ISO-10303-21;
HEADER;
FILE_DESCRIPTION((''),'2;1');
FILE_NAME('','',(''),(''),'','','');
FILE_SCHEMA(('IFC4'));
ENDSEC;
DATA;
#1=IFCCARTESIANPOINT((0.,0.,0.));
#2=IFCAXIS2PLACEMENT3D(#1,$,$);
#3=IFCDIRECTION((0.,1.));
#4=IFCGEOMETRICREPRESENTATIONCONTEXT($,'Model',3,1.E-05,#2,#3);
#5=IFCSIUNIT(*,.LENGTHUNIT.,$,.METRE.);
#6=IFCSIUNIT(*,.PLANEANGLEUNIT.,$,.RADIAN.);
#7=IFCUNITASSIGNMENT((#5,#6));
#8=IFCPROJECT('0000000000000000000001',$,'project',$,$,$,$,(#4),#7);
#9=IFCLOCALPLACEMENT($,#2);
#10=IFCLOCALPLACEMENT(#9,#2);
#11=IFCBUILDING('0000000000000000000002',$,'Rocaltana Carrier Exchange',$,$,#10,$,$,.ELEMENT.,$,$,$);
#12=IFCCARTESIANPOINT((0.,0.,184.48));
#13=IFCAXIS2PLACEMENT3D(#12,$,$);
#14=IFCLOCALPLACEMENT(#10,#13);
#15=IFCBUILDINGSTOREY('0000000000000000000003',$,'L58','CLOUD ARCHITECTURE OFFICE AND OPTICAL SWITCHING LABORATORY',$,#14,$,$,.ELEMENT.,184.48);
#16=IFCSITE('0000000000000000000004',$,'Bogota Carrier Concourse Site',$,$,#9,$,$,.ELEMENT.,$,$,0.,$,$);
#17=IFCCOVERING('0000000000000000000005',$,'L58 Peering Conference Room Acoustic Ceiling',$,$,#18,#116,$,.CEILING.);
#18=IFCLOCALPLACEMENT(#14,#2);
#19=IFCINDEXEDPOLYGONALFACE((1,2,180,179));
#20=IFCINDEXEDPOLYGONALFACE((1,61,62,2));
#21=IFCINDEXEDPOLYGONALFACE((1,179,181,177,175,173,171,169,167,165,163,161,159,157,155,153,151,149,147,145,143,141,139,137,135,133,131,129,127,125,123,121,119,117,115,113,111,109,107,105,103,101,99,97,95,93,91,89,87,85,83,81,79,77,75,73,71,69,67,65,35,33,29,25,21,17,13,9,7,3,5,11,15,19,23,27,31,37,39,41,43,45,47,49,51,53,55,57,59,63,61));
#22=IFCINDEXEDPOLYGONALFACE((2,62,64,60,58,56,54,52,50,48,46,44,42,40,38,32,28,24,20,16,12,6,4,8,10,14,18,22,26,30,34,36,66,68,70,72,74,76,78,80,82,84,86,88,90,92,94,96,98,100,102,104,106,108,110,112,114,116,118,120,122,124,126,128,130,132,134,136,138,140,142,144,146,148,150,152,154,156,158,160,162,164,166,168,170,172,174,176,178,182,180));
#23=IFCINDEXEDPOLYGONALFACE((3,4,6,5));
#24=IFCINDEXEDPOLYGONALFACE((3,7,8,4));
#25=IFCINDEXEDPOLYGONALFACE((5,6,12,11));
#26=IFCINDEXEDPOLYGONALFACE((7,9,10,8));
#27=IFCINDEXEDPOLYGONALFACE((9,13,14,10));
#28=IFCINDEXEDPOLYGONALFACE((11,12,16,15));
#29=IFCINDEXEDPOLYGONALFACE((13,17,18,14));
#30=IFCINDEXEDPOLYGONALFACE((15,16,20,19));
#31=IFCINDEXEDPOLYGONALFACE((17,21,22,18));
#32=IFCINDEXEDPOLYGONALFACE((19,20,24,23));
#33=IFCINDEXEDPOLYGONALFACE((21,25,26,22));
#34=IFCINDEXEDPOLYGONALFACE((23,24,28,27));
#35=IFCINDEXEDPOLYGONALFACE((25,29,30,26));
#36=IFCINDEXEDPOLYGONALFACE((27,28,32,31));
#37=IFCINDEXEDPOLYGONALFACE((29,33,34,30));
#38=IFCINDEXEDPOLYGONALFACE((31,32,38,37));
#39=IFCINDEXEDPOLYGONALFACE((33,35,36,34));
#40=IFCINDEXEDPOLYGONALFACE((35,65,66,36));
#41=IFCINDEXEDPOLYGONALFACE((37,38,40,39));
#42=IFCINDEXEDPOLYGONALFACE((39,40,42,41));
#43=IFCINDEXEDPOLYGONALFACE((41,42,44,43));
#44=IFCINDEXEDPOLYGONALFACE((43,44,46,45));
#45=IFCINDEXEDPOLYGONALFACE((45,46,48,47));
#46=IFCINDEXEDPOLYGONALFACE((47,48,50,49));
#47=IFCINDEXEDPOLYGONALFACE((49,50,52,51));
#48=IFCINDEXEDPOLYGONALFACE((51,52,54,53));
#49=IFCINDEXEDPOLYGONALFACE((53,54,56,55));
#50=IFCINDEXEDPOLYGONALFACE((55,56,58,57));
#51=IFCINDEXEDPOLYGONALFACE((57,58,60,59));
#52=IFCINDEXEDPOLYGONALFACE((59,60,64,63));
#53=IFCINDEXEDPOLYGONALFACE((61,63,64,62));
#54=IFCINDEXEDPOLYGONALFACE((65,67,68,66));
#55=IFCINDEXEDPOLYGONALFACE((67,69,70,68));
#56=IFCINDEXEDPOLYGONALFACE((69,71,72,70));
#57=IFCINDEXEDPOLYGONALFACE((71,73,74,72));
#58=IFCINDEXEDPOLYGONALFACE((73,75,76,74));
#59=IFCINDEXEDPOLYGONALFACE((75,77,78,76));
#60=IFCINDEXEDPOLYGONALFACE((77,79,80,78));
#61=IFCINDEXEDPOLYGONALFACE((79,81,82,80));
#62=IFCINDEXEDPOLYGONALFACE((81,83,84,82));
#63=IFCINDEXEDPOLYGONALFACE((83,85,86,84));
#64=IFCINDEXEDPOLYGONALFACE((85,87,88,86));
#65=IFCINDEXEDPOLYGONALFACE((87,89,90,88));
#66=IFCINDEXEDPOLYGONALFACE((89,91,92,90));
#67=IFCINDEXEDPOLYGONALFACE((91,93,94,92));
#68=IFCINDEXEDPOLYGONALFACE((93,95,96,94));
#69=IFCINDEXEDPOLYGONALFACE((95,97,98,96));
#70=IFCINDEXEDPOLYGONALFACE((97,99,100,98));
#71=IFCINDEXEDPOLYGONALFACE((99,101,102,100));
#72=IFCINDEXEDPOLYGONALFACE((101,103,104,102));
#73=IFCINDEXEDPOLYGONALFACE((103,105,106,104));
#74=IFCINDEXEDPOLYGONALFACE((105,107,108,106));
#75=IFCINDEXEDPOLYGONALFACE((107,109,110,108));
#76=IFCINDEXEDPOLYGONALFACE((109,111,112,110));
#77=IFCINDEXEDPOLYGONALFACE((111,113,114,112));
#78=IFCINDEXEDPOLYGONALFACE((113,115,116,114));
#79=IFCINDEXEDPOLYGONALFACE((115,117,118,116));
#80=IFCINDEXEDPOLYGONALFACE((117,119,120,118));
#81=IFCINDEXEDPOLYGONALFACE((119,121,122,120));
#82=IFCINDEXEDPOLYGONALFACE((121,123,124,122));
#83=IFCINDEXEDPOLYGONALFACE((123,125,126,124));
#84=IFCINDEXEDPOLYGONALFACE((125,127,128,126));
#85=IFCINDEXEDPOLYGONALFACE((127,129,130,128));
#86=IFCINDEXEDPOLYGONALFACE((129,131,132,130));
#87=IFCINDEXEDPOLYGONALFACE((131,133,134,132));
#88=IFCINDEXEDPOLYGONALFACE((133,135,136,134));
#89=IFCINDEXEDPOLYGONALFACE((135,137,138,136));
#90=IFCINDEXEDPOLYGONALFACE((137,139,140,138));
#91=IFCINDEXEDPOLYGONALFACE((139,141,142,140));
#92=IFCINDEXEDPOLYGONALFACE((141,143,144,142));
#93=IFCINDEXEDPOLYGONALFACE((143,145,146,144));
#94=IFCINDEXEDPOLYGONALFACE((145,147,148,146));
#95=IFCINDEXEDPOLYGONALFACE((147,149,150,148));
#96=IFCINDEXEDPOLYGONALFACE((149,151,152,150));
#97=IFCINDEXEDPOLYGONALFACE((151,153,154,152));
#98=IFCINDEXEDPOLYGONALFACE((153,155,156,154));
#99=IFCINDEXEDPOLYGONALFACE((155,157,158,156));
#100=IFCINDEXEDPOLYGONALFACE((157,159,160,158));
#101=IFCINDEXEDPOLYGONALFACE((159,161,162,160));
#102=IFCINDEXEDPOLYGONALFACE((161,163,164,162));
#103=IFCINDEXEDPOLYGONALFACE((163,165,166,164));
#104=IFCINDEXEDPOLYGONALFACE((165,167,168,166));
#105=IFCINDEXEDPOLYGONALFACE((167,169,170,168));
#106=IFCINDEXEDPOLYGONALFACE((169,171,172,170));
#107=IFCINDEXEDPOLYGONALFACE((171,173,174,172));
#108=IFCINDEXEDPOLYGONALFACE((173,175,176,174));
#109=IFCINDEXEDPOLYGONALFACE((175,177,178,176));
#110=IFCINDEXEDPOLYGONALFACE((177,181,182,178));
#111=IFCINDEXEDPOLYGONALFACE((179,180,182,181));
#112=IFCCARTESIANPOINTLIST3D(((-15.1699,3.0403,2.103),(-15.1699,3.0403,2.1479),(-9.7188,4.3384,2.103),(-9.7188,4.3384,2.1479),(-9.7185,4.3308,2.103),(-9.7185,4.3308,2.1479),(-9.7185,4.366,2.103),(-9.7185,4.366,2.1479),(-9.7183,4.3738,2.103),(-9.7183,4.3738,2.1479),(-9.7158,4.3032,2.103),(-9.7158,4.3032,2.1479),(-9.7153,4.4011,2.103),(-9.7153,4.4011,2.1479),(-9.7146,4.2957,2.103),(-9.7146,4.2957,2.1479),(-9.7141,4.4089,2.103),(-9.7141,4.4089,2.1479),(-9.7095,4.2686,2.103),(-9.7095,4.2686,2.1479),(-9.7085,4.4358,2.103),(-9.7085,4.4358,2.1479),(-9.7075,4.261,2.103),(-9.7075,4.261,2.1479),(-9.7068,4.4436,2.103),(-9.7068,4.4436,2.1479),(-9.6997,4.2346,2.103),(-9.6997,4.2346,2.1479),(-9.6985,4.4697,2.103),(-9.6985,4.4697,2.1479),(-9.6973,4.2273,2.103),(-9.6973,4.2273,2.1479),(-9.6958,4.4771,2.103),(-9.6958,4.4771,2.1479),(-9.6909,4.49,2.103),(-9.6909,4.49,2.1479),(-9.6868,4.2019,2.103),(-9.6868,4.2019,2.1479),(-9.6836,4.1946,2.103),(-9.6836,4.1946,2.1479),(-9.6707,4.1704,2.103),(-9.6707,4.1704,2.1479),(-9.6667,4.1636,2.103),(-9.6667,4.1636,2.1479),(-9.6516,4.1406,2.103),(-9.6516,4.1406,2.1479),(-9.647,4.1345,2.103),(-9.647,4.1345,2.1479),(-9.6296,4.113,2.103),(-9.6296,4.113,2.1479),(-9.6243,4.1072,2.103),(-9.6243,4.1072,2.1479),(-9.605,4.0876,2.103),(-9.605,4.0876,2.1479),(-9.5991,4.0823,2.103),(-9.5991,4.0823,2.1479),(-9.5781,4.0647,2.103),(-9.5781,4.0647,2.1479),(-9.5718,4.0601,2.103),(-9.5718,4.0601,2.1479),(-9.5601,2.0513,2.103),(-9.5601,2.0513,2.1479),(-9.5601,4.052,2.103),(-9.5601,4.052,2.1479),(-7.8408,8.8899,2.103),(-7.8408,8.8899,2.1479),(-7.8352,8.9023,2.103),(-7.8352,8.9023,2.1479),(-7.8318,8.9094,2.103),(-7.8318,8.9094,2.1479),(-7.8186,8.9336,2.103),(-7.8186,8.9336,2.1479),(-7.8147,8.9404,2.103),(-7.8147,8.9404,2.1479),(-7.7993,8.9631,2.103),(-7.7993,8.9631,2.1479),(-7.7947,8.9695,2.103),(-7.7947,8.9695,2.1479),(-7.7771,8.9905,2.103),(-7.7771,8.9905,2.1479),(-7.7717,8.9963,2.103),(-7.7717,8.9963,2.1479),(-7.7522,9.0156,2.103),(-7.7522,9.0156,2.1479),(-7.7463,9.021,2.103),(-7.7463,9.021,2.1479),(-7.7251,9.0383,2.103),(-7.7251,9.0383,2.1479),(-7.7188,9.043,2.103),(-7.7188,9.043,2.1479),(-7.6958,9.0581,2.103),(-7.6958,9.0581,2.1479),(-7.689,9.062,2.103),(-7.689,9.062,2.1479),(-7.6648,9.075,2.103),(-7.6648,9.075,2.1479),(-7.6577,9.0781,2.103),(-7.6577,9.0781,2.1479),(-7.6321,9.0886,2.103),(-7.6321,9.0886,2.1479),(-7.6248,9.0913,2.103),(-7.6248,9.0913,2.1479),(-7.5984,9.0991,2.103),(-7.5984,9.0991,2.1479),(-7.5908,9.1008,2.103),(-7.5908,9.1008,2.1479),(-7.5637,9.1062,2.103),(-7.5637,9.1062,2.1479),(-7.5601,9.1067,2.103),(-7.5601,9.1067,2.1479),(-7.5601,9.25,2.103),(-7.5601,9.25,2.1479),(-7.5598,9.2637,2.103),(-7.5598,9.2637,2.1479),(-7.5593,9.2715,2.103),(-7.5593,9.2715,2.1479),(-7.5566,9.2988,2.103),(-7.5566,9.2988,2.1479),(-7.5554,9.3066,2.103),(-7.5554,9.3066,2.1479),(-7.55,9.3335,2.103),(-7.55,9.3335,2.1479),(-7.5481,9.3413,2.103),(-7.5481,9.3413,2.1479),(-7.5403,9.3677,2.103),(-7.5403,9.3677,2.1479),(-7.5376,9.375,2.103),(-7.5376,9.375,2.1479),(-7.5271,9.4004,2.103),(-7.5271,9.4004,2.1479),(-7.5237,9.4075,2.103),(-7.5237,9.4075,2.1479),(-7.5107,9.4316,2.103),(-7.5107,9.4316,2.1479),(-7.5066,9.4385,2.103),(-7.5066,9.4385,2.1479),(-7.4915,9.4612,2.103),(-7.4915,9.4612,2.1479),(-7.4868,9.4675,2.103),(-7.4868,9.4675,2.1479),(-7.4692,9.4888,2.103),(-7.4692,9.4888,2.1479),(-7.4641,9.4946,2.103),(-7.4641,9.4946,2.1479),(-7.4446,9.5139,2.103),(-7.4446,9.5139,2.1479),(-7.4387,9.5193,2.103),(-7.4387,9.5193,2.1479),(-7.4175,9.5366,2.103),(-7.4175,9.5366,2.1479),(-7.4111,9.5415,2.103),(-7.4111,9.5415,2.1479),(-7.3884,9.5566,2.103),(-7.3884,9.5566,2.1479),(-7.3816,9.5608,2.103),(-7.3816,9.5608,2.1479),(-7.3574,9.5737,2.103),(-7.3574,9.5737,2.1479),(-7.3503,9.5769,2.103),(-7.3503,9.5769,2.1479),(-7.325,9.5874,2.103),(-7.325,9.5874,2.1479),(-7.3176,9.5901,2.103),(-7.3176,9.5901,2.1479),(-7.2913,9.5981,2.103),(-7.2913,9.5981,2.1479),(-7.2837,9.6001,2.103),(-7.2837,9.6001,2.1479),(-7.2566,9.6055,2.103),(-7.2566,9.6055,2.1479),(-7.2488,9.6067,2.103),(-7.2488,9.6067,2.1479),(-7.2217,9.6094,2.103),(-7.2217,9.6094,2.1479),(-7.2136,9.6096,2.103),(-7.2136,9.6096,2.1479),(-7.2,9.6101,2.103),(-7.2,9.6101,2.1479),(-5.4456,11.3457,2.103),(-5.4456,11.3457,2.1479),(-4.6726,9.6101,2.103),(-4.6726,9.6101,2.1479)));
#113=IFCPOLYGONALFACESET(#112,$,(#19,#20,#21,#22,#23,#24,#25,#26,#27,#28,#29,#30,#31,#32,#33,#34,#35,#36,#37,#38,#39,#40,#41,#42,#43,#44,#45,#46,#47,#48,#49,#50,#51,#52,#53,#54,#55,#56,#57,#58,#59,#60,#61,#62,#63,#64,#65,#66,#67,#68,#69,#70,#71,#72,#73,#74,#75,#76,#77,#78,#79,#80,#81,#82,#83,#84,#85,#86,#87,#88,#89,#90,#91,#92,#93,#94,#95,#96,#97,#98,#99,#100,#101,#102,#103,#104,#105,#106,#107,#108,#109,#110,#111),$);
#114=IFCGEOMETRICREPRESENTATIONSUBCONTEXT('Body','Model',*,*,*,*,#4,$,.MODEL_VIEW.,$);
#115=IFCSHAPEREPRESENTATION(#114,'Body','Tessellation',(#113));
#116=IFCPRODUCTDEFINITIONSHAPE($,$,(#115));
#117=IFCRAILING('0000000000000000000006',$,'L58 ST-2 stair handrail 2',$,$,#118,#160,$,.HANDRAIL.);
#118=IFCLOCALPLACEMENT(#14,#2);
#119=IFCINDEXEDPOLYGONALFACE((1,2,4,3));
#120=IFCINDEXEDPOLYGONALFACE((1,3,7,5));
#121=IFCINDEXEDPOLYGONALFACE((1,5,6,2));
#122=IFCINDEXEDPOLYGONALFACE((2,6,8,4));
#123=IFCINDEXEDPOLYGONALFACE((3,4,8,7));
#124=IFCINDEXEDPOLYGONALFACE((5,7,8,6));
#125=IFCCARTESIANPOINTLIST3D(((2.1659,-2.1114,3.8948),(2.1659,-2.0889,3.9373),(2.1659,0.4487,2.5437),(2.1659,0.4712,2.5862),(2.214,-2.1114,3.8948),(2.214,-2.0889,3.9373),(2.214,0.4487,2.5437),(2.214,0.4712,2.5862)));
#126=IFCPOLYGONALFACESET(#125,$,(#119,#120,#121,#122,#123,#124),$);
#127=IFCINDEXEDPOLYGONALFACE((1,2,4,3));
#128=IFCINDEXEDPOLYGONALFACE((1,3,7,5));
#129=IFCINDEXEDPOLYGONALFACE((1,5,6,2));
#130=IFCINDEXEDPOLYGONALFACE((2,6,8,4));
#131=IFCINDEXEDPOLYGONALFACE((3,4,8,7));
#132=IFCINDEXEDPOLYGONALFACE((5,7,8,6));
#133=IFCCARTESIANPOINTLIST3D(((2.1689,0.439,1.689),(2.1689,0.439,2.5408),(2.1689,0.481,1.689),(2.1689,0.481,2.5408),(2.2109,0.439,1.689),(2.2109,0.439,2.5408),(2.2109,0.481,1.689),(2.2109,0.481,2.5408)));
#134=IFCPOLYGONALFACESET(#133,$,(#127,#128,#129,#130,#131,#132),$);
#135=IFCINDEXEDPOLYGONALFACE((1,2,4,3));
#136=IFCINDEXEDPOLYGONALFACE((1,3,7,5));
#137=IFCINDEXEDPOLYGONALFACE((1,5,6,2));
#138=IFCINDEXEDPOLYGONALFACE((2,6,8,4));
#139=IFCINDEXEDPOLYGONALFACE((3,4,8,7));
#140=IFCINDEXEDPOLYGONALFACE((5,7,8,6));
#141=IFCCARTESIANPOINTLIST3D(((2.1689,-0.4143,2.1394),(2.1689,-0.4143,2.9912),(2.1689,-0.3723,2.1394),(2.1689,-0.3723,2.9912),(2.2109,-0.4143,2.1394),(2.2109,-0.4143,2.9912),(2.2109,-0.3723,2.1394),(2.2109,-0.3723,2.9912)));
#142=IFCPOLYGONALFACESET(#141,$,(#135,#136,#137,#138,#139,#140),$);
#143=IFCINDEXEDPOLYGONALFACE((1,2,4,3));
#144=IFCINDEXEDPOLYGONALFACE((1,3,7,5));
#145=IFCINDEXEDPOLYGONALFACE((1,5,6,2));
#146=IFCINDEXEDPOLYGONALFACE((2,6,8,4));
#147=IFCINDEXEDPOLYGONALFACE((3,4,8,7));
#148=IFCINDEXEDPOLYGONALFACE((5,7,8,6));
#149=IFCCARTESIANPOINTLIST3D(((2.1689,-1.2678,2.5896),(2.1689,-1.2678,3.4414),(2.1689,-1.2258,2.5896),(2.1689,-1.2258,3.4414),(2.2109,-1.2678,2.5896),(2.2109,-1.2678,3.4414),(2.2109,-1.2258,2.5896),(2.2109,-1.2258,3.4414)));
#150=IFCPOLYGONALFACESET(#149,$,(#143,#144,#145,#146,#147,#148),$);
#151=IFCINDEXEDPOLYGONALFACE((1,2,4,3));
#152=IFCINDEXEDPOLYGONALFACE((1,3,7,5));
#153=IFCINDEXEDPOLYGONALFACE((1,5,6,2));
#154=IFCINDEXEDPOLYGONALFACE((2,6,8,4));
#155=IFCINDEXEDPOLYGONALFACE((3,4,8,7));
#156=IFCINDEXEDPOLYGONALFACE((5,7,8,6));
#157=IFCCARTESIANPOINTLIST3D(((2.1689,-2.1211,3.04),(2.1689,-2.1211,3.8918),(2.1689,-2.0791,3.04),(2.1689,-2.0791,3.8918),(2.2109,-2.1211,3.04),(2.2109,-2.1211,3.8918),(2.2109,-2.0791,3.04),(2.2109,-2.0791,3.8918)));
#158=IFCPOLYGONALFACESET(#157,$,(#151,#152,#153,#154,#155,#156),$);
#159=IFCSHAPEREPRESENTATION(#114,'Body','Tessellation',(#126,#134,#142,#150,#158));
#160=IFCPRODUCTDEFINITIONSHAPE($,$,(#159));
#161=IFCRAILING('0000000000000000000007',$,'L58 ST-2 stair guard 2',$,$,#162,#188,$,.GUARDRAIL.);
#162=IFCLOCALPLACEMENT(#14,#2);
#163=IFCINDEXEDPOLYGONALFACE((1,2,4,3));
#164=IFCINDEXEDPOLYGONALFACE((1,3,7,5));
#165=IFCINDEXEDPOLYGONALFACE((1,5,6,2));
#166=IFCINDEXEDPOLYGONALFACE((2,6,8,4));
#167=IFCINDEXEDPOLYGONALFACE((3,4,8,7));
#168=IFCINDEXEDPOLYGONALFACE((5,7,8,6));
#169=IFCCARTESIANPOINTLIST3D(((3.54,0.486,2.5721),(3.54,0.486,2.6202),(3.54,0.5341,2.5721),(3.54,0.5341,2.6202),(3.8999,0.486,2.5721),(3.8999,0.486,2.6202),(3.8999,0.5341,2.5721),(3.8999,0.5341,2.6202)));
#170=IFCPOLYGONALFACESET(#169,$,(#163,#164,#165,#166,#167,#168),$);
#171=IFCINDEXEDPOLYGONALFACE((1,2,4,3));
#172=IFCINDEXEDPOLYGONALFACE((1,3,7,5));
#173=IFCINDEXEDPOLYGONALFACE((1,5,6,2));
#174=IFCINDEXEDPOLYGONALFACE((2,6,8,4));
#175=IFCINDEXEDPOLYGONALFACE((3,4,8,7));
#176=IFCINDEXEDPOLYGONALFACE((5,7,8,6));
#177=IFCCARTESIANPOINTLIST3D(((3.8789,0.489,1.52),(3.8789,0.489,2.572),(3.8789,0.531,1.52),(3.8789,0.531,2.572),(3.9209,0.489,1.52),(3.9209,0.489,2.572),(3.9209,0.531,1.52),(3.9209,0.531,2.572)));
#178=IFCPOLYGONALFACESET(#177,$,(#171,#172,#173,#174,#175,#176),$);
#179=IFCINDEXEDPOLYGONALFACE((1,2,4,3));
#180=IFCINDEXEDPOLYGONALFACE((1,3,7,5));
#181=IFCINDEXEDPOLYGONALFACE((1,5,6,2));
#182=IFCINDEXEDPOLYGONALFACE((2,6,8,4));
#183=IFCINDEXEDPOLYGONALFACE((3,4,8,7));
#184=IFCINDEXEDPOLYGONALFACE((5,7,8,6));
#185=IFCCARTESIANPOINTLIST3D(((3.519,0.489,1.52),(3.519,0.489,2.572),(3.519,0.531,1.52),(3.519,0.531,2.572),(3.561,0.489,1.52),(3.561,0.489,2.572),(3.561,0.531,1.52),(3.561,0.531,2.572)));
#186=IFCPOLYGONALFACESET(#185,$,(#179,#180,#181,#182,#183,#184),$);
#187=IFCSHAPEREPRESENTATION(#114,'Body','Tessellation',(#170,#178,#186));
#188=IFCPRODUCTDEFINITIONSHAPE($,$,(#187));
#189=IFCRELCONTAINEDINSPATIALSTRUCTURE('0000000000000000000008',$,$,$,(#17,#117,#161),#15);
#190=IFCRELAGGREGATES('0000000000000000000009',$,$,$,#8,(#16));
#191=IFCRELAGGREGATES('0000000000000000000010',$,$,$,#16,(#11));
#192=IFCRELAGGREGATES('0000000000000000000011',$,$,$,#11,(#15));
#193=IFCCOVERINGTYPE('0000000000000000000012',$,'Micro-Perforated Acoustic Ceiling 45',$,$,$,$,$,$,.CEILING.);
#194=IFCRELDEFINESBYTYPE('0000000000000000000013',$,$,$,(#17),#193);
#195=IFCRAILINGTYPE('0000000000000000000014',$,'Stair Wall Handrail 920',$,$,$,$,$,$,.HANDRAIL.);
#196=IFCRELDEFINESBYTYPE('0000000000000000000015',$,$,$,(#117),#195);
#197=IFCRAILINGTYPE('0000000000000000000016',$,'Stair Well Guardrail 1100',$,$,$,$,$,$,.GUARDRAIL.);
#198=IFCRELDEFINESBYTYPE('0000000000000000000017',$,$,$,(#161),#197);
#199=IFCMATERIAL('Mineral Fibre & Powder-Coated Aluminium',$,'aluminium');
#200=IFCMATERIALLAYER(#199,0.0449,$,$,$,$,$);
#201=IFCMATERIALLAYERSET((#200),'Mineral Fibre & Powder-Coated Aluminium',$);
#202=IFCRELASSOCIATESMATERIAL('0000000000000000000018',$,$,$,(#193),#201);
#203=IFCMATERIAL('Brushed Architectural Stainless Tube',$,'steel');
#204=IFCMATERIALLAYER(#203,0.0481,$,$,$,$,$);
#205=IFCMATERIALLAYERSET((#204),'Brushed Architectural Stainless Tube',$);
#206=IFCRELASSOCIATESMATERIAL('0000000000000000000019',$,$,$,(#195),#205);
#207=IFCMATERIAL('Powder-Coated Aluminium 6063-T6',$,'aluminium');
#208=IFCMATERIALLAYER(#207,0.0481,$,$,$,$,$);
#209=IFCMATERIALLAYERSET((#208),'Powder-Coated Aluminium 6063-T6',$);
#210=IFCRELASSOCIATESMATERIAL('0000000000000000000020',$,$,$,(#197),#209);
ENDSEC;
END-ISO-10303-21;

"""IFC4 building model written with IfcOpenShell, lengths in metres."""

from ifc_helpers import new_model, si_unit, direction, frame, origin, origin_2d, place, context, subcontext, project, spatial, polyline, rectangle, outline, extrude, material, layer, layer_set, type_object, element, save


model = new_model("IFC4")

# Units and contexts
model_context = context("Model", 3, precision=1e-05, world=origin(), true_north=direction((0.0, 1.0)))
body_context = subcontext(model_context, "Body", "Model", "MODEL_VIEW")
ifc_project = project(units=[si_unit("LENGTHUNIT", "METRE"), si_unit("PLANEANGLEUNIT", "RADIAN")], contexts=[model_context])

# Site, building, storey
site_placement = place(None, origin())
site = spatial("IfcSite", under=ifc_project, at=site_placement, Name="Bogota Carrier Concourse Site", CompositionType="ELEMENT", RefElevation=0.0)
building_placement = place(site_placement, origin())
building = spatial("IfcBuilding", under=site, at=building_placement, Name="Rocaltana Carrier Exchange", CompositionType="ELEMENT")
storey_placement = place(building_placement, frame((0.0, 0.0, 184.48)))
storey = spatial("IfcBuildingStorey", under=building, at=storey_placement, Name="L58", Description="CLOUD ARCHITECTURE OFFICE AND OPTICAL SWITCHING LABORATORY", CompositionType="ELEMENT", Elevation=184.48)

# Covering
ifc_material_1 = material(Name="Mineral Fibre & Powder-Coated Aluminium", Category="aluminium")
ifc_layer_1 = layer(ifc_material_1, 0.0449)
ifc_layer_set_1 = layer_set([ifc_layer_1], Name="Mineral Fibre & Powder-Coated Aluminium")
covering_type_1 = type_object("IfcCoveringType", Name="Micro-Perforated Acoustic Ceiling 45", PredefinedType="CEILING", material=ifc_layer_set_1)
covering_1_placement = place(storey_placement, frame((0.0, 0.0, 2.103)))
element("IfcCovering", 1, at=covering_1_placement, inside=storey, type_object=covering_type_1, Name="L58 Peering Conference Room Acoustic Ceiling", PredefinedType="CEILING", context=body_context, shape_type="SweptSolid", body=[
    extrude(outline(polyline([(-9.5601, 4.052), (-9.5601, 2.0513), (-15.1699, 3.0403), (-5.4456, 11.3457), (-4.6726, 9.6101), (-7.2, 9.6101), (-7.2136, 9.6096), (-7.2217, 9.6094), (-7.2488, 9.6067), (-7.2566, 9.6055), (-7.2837, 9.6001), (-7.2913, 9.5981), (-7.3176, 9.5901), (-7.325, 9.5874), (-7.3503, 9.5769), (-7.3574, 9.5737), (-7.3816, 9.5608), (-7.3884, 9.5566), (-7.4111, 9.5415), (-7.4175, 9.5366), (-7.4387, 9.5193), (-7.4446, 9.5139), (-7.4641, 9.4946), (-7.4692, 9.4888), (-7.4868, 9.4675), (-7.4915, 9.4612), (-7.5066, 9.4385), (-7.5107, 9.4316), (-7.5237, 9.4075), (-7.5271, 9.4004), (-7.5376, 9.375), (-7.5403, 9.3677), (-7.5481, 9.3413), (-7.55, 9.3335), (-7.5554, 9.3066), (-7.5566, 9.2988), (-7.5593, 9.2715), (-7.5598, 9.2637), (-7.5601, 9.25), (-7.5601, 9.1067), (-7.5637, 9.1062), (-7.5908, 9.1008), (-7.5984, 9.0991), (-7.6248, 9.0913), (-7.6321, 9.0886), (-7.6577, 9.0781), (-7.6648, 9.075), (-7.689, 9.062), (-7.6958, 9.0581), (-7.7188, 9.043), (-7.7251, 9.0383), (-7.7463, 9.021), (-7.7522, 9.0156), (-7.7717, 8.9963), (-7.7771, 8.9905), (-7.7947, 8.9695), (-7.7993, 8.9631), (-7.8147, 8.9404), (-7.8186, 8.9336), (-7.8318, 8.9094), (-7.8352, 8.9023), (-7.8408, 8.8899), (-9.6909, 4.49), (-9.6958, 4.4771), (-9.6985, 4.4697), (-9.7068, 4.4436), (-9.7085, 4.4358), (-9.7141, 4.4089), (-9.7153, 4.4011), (-9.7183, 4.3738), (-9.7185, 4.366), (-9.7188, 4.3384), (-9.7185, 4.3308), (-9.7158, 4.3032), (-9.7146, 4.2957), (-9.7095, 4.2686), (-9.7075, 4.261), (-9.6997, 4.2346), (-9.6973, 4.2273), (-9.6868, 4.2019), (-9.6836, 4.1946), (-9.6707, 4.1704), (-9.6667, 4.1636), (-9.6516, 4.1406), (-9.647, 4.1345), (-9.6296, 4.113), (-9.6243, 4.1072), (-9.605, 4.0876), (-9.5991, 4.0823), (-9.5781, 4.0647), (-9.5718, 4.0601), (-9.5601, 4.052)])), origin(), (0.0, 0.0, 1.0), 0.0449),
])

# Railings
ifc_material_2 = material(Name="Brushed Architectural Stainless Tube", Category="steel")
ifc_layer_2 = layer(ifc_material_2, 0.0481)
ifc_layer_set_2 = layer_set([ifc_layer_2], Name="Brushed Architectural Stainless Tube")
railing_type_1 = type_object("IfcRailingType", Name="Stair Wall Handrail 920", PredefinedType="HANDRAIL", material=ifc_layer_set_2)
railing_1_placement = place(storey_placement, frame((2.1899, 0.46, 1.689)))
element("IfcRailing", 2, at=railing_1_placement, inside=storey, type_object=railing_type_1, Name="L58 ST-2 stair handrail 2", PredefinedType="HANDRAIL", context=body_context, shape_type="SweptSolid", body=[
    extrude(rectangle(XDim=0.0481, YDim=0.0481, at=origin_2d()), frame((0.0, 0.0, 0.876), z_axis=(0.0, -0.884394, 0.46674), x_axis=(1.0, 0.0, 0.0)), (0.0, 0.0, 1.0), 2.8948),
    extrude(rectangle(XDim=0.042, YDim=0.042, at=origin_2d()), origin(), (0.0, 0.0, 1.0), 0.8518),
    extrude(rectangle(XDim=0.042, YDim=0.042, at=origin_2d()), frame((0.0, -0.8533, 0.4504)), (0.0, 0.0, 1.0), 0.8518),
    extrude(rectangle(XDim=0.042, YDim=0.042, at=origin_2d()), frame((0.0, -1.7068, 0.9006)), (0.0, 0.0, 1.0), 0.8518),
    extrude(rectangle(XDim=0.042, YDim=0.042, at=origin_2d()), frame((0.0, -2.5601, 1.3511)), (0.0, 0.0, 1.0), 0.8518),
])
ifc_material_3 = material(Name="Powder-Coated Aluminium 6063-T6", Category="aluminium")
ifc_layer_3 = layer(ifc_material_3, 0.0481)
ifc_layer_set_3 = layer_set([ifc_layer_3], Name="Powder-Coated Aluminium 6063-T6")
railing_type_2 = type_object("IfcRailingType", Name="Stair Well Guardrail 1100", PredefinedType="GUARDRAIL", material=ifc_layer_set_3)
railing_2_placement = place(storey_placement, frame((3.8999, 0.51, 1.52)))
element("IfcRailing", 3, at=railing_2_placement, inside=storey, type_object=railing_type_2, Name="L58 ST-2 stair guard 2", PredefinedType="GUARDRAIL", context=body_context, shape_type="SweptSolid", body=[
    extrude(rectangle(XDim=0.0481, YDim=0.0481, at=origin_2d()), frame((0.0, 0.0, 1.0762), z_axis=(-1.0, 0.0, 0.0), x_axis=(0.0, -1.0, 0.0)), (0.0, 0.0, 1.0), 0.3599),
    extrude(rectangle(XDim=0.042, YDim=0.042, at=origin_2d()), origin(), (0.0, 0.0, 1.0), 1.052),
    extrude(rectangle(XDim=0.042, YDim=0.042, at=origin_2d()), frame((-0.3599, 0.0, 0.0)), (0.0, 0.0, 1.0), 1.052),
])

save(model, "model.ifc")
